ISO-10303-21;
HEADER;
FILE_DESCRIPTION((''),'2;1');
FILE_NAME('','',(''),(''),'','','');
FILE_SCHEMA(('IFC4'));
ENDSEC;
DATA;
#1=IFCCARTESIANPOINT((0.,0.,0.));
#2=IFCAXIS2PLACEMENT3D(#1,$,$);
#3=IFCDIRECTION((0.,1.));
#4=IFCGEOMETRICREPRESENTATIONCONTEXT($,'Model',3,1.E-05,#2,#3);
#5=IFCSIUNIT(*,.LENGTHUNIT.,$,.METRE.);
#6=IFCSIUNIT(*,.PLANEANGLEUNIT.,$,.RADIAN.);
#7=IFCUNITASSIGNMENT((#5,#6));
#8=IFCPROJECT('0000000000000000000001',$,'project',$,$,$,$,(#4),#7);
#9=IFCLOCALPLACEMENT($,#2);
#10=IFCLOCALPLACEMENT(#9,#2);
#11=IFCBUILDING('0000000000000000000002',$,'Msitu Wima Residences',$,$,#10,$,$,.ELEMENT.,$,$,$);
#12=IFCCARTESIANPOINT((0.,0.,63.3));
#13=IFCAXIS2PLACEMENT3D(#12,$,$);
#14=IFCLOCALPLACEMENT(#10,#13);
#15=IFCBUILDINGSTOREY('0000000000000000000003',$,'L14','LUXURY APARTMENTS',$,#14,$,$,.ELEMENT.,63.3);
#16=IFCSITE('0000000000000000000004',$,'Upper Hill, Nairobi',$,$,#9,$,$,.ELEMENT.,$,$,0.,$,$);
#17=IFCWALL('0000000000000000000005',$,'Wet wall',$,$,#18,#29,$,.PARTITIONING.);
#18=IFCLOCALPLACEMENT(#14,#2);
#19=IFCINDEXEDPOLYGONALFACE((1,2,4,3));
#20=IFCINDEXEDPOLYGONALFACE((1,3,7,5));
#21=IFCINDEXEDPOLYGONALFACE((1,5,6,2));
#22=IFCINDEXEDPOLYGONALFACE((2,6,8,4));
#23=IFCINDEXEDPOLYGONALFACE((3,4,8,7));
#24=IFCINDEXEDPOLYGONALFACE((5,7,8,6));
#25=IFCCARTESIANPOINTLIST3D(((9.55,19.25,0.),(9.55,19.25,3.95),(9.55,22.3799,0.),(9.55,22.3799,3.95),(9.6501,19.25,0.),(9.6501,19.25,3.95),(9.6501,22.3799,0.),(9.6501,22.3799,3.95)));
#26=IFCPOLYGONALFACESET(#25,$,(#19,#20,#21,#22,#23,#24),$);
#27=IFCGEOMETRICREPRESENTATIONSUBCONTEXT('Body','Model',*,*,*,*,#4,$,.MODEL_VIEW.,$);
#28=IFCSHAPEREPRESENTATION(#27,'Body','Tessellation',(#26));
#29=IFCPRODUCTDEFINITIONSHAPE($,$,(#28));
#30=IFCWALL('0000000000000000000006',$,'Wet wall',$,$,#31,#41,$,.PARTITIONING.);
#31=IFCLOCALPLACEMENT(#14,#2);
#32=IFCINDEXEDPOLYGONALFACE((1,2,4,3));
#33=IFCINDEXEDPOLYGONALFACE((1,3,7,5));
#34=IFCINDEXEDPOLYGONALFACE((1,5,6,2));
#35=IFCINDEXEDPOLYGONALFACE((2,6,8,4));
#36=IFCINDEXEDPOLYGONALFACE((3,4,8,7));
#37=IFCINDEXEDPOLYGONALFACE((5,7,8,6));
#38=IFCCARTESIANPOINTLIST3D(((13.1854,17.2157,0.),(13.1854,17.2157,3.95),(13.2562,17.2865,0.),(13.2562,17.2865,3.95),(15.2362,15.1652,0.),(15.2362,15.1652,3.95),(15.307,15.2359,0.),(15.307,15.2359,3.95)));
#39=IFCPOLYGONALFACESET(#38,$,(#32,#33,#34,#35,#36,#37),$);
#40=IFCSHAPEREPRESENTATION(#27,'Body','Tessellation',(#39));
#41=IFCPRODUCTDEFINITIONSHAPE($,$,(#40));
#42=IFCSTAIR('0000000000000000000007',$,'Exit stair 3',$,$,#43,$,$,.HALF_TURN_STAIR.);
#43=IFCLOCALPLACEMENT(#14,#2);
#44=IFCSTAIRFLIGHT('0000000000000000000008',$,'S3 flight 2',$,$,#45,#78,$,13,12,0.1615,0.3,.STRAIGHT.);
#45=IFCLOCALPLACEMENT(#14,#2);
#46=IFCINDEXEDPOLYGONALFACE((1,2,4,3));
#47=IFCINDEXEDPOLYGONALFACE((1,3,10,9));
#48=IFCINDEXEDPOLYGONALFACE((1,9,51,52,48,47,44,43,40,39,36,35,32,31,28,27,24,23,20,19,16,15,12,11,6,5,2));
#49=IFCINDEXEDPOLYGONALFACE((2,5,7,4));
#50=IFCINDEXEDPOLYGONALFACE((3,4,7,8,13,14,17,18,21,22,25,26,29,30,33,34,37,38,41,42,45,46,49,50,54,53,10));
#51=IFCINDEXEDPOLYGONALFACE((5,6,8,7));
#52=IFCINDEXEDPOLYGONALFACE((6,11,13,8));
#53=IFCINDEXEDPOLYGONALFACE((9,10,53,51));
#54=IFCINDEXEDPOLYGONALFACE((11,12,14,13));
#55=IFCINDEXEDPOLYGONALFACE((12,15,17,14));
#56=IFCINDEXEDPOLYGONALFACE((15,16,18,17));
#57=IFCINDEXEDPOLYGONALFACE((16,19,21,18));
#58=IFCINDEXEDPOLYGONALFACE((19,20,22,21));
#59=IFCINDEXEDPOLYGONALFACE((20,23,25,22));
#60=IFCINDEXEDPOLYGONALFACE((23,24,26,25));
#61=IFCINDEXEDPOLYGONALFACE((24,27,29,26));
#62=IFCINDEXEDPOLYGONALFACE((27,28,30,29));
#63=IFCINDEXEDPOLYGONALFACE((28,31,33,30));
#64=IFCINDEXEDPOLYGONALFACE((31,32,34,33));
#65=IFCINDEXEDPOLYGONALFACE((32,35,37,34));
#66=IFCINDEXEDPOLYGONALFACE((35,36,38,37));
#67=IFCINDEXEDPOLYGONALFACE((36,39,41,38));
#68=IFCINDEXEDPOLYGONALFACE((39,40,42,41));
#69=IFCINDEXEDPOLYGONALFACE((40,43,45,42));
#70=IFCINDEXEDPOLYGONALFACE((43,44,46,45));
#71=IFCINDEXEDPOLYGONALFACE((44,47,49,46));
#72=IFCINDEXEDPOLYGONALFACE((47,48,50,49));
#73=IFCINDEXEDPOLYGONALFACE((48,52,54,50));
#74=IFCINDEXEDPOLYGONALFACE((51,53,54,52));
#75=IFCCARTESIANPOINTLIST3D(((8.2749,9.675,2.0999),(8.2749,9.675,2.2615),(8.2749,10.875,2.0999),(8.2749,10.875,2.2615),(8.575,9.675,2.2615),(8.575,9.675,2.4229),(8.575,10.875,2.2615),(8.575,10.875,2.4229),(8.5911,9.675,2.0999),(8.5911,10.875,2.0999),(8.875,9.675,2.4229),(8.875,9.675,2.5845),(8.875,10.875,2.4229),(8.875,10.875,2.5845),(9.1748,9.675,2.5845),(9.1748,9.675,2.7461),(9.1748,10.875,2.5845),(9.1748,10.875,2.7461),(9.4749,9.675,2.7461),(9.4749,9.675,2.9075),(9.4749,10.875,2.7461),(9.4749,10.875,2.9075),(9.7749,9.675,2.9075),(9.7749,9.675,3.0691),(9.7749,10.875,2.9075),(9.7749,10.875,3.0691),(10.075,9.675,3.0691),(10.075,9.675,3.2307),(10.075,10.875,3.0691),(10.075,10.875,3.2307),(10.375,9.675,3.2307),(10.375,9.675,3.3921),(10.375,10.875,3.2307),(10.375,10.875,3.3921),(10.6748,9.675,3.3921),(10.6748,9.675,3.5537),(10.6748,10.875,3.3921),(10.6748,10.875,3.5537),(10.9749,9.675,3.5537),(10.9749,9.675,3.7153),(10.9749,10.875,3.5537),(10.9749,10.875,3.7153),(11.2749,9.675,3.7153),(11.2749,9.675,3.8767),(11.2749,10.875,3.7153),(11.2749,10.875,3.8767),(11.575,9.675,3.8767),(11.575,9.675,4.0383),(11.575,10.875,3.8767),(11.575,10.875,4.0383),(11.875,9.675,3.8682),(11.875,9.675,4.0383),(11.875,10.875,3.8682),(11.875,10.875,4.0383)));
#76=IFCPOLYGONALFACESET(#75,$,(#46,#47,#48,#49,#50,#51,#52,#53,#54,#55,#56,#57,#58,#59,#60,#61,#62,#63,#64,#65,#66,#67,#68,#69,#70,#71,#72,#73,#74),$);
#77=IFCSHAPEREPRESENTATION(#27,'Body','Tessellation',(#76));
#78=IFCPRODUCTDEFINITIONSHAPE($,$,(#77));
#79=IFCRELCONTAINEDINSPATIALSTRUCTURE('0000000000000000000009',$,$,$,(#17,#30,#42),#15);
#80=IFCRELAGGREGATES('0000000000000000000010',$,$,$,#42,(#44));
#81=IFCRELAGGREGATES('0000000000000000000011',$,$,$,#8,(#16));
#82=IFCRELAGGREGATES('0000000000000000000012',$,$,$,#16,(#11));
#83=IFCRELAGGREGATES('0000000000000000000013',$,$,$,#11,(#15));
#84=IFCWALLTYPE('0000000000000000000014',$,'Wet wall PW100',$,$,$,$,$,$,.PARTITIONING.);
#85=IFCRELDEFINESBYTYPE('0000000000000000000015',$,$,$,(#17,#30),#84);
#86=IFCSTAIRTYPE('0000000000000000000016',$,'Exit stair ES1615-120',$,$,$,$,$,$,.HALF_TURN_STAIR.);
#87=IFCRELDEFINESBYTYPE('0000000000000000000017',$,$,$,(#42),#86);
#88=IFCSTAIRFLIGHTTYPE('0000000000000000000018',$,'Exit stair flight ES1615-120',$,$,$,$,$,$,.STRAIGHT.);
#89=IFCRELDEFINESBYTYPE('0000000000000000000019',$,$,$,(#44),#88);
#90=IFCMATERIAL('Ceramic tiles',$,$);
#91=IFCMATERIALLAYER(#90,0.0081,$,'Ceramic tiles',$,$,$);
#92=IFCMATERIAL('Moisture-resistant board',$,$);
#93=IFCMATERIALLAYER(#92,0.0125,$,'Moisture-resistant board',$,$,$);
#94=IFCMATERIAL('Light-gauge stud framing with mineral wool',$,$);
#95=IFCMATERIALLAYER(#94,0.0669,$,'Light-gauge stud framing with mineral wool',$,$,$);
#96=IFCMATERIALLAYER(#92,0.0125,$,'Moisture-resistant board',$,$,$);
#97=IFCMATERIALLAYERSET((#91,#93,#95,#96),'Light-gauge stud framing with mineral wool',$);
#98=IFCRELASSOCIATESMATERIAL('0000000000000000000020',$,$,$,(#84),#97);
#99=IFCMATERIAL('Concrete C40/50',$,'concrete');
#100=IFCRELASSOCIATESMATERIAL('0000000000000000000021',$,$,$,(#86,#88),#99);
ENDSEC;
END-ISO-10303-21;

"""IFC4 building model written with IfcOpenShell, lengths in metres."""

from ifc_helpers import new_model, si_unit, direction, frame, frame_2d, origin, place, context, subcontext, project, spatial, polyline, rectangle, outline, extrude, material, layer, layer_set, type_object, element, aggregate, save


model = new_model("IFC4")

# Units and contexts
model_context = context("Model", 3, precision=1e-05, world=origin(), true_north=direction((0.0, 1.0)))
body_context = subcontext(model_context, "Body", "Model", "MODEL_VIEW")
ifc_project = project(units=[si_unit("LENGTHUNIT", "METRE"), si_unit("PLANEANGLEUNIT", "RADIAN")], contexts=[model_context])

# Site, building, storey
site_placement = place(None, origin())
site = spatial("IfcSite", under=ifc_project, at=site_placement, Name="Upper Hill, Nairobi", CompositionType="ELEMENT", RefElevation=0.0)
building_placement = place(site_placement, origin())
building = spatial("IfcBuilding", under=site, at=building_placement, Name="Msitu Wima Residences", CompositionType="ELEMENT")
storey_placement = place(building_placement, frame((0.0, 0.0, 63.3)))
storey = spatial("IfcBuildingStorey", under=building, at=storey_placement, Name="L14", Description="LUXURY APARTMENTS", CompositionType="ELEMENT", Elevation=63.3)

# Shared definitions
ifc_material_1 = material(Name="Concrete C40/50", Category="concrete")

# Shared definitions
ifc_material_2 = material(Name="Ceramic tiles")
ifc_layer_1 = layer(ifc_material_2, 0.0081, Name="Ceramic tiles")
ifc_material_3 = material(Name="Moisture-resistant board")
ifc_layer_2 = layer(ifc_material_3, 0.0125, Name="Moisture-resistant board")
ifc_material_4 = material(Name="Light-gauge stud framing with mineral wool")
ifc_layer_3 = layer(ifc_material_4, 0.0669, Name="Light-gauge stud framing with mineral wool")
ifc_layer_4 = layer(ifc_material_3, 0.0125, Name="Moisture-resistant board")
ifc_layer_set_1 = layer_set([ifc_layer_1, ifc_layer_2, ifc_layer_3, ifc_layer_4], Name="Light-gauge stud framing with mineral wool")
wall_type_1 = type_object("IfcWallType", Name="Wet wall PW100", PredefinedType="PARTITIONING", material=ifc_layer_set_1)

# Walls
wall_1_placement = place(storey_placement, frame((9.6001, 19.25, 0.0), z_axis=(0.0, 0.0, 1.0), x_axis=(0.0, 1.0, 0.0)))
element("IfcWall", 1, at=wall_1_placement, inside=storey, type_object=wall_type_1, Name="Wet wall", PredefinedType="PARTITIONING", context=body_context, shape_type="SweptSolid", body=[
    extrude(rectangle(XDim=3.1299, YDim=0.1001, at=frame_2d((1.5649, 0.0))), origin(), (0.0, 0.0, 1.0), 3.95),
])
wall_2_placement = place(storey_placement, frame((13.2207, 17.2512, 0.0), z_axis=(0.0, 0.0, 1.0), x_axis=(0.707149, -0.707065, 0.0)))
element("IfcWall", 2, at=wall_2_placement, inside=storey, type_object=wall_type_1, Name="Wet wall", PredefinedType="PARTITIONING", context=body_context, shape_type="SweptSolid", body=[
    extrude(rectangle(XDim=2.9001, YDim=0.1001, at=frame_2d((1.4502, 0.0))), origin(), (0.0, 0.0, 1.0), 3.95),
])

# Stair, stair flight
stair_type = type_object("IfcStairType", Name="Exit stair ES1615-120", PredefinedType="HALF_TURN_STAIR", material=ifc_material_1)
stair_placement = place(storey_placement, origin())
stair = element("IfcStair", 3, at=stair_placement, inside=storey, type_object=stair_type, Name="Exit stair 3", PredefinedType="HALF_TURN_STAIR")
stair_flight_type = type_object("IfcStairFlightType", Name="Exit stair flight ES1615-120", PredefinedType="STRAIGHT", material=ifc_material_1)
stair_flight_placement = place(storey_placement, frame((8.2749, 10.2749, 2.0999), z_axis=(0.0, 0.0, 1.0), x_axis=(1.0, 0.0, 0.0)))
stair_flight = element("IfcStairFlight", 4, at=stair_flight_placement, type_object=stair_flight_type, Name="S3 flight 2", NumberOfRisers=13, NumberOfTreads=12, PredefinedType="STRAIGHT", RiserHeight=0.1615, TreadLength=0.3, context=body_context, shape_type="SweptSolid", body=[
    extrude(outline(polyline([(0.0, 0.0), (0.0, 0.1616), (0.3, 0.1616), (0.3, 0.323), (0.6001, 0.323), (0.6001, 0.4846), (0.8999, 0.4846), (0.8999, 0.6462), (1.2, 0.6462), (1.2, 0.8076), (1.5, 0.8076), (1.5, 0.9692), (1.8, 0.9692), (1.8, 1.1309), (2.1001, 1.1309), (2.1001, 1.2922), (2.3999, 1.2922), (2.3999, 1.4539), (2.7, 1.4539), (2.7, 1.6155), (3.0, 1.6155), (3.0, 1.7769), (3.3, 1.7769), (3.3, 1.9385), (3.6001, 1.9385), (3.6001, 2.1001), (3.6001, 1.7683), (0.3162, 0.0), (0.0, 0.0)])), frame((0.0, 0.6001, 0.0), z_axis=(0.0, -1.0, 0.0), x_axis=(1.0, 0.0, 0.0)), (0.0, 0.0, 1.0), 1.2),
])
aggregate(stair, [stair_flight])

save(model, "model.ifc")
